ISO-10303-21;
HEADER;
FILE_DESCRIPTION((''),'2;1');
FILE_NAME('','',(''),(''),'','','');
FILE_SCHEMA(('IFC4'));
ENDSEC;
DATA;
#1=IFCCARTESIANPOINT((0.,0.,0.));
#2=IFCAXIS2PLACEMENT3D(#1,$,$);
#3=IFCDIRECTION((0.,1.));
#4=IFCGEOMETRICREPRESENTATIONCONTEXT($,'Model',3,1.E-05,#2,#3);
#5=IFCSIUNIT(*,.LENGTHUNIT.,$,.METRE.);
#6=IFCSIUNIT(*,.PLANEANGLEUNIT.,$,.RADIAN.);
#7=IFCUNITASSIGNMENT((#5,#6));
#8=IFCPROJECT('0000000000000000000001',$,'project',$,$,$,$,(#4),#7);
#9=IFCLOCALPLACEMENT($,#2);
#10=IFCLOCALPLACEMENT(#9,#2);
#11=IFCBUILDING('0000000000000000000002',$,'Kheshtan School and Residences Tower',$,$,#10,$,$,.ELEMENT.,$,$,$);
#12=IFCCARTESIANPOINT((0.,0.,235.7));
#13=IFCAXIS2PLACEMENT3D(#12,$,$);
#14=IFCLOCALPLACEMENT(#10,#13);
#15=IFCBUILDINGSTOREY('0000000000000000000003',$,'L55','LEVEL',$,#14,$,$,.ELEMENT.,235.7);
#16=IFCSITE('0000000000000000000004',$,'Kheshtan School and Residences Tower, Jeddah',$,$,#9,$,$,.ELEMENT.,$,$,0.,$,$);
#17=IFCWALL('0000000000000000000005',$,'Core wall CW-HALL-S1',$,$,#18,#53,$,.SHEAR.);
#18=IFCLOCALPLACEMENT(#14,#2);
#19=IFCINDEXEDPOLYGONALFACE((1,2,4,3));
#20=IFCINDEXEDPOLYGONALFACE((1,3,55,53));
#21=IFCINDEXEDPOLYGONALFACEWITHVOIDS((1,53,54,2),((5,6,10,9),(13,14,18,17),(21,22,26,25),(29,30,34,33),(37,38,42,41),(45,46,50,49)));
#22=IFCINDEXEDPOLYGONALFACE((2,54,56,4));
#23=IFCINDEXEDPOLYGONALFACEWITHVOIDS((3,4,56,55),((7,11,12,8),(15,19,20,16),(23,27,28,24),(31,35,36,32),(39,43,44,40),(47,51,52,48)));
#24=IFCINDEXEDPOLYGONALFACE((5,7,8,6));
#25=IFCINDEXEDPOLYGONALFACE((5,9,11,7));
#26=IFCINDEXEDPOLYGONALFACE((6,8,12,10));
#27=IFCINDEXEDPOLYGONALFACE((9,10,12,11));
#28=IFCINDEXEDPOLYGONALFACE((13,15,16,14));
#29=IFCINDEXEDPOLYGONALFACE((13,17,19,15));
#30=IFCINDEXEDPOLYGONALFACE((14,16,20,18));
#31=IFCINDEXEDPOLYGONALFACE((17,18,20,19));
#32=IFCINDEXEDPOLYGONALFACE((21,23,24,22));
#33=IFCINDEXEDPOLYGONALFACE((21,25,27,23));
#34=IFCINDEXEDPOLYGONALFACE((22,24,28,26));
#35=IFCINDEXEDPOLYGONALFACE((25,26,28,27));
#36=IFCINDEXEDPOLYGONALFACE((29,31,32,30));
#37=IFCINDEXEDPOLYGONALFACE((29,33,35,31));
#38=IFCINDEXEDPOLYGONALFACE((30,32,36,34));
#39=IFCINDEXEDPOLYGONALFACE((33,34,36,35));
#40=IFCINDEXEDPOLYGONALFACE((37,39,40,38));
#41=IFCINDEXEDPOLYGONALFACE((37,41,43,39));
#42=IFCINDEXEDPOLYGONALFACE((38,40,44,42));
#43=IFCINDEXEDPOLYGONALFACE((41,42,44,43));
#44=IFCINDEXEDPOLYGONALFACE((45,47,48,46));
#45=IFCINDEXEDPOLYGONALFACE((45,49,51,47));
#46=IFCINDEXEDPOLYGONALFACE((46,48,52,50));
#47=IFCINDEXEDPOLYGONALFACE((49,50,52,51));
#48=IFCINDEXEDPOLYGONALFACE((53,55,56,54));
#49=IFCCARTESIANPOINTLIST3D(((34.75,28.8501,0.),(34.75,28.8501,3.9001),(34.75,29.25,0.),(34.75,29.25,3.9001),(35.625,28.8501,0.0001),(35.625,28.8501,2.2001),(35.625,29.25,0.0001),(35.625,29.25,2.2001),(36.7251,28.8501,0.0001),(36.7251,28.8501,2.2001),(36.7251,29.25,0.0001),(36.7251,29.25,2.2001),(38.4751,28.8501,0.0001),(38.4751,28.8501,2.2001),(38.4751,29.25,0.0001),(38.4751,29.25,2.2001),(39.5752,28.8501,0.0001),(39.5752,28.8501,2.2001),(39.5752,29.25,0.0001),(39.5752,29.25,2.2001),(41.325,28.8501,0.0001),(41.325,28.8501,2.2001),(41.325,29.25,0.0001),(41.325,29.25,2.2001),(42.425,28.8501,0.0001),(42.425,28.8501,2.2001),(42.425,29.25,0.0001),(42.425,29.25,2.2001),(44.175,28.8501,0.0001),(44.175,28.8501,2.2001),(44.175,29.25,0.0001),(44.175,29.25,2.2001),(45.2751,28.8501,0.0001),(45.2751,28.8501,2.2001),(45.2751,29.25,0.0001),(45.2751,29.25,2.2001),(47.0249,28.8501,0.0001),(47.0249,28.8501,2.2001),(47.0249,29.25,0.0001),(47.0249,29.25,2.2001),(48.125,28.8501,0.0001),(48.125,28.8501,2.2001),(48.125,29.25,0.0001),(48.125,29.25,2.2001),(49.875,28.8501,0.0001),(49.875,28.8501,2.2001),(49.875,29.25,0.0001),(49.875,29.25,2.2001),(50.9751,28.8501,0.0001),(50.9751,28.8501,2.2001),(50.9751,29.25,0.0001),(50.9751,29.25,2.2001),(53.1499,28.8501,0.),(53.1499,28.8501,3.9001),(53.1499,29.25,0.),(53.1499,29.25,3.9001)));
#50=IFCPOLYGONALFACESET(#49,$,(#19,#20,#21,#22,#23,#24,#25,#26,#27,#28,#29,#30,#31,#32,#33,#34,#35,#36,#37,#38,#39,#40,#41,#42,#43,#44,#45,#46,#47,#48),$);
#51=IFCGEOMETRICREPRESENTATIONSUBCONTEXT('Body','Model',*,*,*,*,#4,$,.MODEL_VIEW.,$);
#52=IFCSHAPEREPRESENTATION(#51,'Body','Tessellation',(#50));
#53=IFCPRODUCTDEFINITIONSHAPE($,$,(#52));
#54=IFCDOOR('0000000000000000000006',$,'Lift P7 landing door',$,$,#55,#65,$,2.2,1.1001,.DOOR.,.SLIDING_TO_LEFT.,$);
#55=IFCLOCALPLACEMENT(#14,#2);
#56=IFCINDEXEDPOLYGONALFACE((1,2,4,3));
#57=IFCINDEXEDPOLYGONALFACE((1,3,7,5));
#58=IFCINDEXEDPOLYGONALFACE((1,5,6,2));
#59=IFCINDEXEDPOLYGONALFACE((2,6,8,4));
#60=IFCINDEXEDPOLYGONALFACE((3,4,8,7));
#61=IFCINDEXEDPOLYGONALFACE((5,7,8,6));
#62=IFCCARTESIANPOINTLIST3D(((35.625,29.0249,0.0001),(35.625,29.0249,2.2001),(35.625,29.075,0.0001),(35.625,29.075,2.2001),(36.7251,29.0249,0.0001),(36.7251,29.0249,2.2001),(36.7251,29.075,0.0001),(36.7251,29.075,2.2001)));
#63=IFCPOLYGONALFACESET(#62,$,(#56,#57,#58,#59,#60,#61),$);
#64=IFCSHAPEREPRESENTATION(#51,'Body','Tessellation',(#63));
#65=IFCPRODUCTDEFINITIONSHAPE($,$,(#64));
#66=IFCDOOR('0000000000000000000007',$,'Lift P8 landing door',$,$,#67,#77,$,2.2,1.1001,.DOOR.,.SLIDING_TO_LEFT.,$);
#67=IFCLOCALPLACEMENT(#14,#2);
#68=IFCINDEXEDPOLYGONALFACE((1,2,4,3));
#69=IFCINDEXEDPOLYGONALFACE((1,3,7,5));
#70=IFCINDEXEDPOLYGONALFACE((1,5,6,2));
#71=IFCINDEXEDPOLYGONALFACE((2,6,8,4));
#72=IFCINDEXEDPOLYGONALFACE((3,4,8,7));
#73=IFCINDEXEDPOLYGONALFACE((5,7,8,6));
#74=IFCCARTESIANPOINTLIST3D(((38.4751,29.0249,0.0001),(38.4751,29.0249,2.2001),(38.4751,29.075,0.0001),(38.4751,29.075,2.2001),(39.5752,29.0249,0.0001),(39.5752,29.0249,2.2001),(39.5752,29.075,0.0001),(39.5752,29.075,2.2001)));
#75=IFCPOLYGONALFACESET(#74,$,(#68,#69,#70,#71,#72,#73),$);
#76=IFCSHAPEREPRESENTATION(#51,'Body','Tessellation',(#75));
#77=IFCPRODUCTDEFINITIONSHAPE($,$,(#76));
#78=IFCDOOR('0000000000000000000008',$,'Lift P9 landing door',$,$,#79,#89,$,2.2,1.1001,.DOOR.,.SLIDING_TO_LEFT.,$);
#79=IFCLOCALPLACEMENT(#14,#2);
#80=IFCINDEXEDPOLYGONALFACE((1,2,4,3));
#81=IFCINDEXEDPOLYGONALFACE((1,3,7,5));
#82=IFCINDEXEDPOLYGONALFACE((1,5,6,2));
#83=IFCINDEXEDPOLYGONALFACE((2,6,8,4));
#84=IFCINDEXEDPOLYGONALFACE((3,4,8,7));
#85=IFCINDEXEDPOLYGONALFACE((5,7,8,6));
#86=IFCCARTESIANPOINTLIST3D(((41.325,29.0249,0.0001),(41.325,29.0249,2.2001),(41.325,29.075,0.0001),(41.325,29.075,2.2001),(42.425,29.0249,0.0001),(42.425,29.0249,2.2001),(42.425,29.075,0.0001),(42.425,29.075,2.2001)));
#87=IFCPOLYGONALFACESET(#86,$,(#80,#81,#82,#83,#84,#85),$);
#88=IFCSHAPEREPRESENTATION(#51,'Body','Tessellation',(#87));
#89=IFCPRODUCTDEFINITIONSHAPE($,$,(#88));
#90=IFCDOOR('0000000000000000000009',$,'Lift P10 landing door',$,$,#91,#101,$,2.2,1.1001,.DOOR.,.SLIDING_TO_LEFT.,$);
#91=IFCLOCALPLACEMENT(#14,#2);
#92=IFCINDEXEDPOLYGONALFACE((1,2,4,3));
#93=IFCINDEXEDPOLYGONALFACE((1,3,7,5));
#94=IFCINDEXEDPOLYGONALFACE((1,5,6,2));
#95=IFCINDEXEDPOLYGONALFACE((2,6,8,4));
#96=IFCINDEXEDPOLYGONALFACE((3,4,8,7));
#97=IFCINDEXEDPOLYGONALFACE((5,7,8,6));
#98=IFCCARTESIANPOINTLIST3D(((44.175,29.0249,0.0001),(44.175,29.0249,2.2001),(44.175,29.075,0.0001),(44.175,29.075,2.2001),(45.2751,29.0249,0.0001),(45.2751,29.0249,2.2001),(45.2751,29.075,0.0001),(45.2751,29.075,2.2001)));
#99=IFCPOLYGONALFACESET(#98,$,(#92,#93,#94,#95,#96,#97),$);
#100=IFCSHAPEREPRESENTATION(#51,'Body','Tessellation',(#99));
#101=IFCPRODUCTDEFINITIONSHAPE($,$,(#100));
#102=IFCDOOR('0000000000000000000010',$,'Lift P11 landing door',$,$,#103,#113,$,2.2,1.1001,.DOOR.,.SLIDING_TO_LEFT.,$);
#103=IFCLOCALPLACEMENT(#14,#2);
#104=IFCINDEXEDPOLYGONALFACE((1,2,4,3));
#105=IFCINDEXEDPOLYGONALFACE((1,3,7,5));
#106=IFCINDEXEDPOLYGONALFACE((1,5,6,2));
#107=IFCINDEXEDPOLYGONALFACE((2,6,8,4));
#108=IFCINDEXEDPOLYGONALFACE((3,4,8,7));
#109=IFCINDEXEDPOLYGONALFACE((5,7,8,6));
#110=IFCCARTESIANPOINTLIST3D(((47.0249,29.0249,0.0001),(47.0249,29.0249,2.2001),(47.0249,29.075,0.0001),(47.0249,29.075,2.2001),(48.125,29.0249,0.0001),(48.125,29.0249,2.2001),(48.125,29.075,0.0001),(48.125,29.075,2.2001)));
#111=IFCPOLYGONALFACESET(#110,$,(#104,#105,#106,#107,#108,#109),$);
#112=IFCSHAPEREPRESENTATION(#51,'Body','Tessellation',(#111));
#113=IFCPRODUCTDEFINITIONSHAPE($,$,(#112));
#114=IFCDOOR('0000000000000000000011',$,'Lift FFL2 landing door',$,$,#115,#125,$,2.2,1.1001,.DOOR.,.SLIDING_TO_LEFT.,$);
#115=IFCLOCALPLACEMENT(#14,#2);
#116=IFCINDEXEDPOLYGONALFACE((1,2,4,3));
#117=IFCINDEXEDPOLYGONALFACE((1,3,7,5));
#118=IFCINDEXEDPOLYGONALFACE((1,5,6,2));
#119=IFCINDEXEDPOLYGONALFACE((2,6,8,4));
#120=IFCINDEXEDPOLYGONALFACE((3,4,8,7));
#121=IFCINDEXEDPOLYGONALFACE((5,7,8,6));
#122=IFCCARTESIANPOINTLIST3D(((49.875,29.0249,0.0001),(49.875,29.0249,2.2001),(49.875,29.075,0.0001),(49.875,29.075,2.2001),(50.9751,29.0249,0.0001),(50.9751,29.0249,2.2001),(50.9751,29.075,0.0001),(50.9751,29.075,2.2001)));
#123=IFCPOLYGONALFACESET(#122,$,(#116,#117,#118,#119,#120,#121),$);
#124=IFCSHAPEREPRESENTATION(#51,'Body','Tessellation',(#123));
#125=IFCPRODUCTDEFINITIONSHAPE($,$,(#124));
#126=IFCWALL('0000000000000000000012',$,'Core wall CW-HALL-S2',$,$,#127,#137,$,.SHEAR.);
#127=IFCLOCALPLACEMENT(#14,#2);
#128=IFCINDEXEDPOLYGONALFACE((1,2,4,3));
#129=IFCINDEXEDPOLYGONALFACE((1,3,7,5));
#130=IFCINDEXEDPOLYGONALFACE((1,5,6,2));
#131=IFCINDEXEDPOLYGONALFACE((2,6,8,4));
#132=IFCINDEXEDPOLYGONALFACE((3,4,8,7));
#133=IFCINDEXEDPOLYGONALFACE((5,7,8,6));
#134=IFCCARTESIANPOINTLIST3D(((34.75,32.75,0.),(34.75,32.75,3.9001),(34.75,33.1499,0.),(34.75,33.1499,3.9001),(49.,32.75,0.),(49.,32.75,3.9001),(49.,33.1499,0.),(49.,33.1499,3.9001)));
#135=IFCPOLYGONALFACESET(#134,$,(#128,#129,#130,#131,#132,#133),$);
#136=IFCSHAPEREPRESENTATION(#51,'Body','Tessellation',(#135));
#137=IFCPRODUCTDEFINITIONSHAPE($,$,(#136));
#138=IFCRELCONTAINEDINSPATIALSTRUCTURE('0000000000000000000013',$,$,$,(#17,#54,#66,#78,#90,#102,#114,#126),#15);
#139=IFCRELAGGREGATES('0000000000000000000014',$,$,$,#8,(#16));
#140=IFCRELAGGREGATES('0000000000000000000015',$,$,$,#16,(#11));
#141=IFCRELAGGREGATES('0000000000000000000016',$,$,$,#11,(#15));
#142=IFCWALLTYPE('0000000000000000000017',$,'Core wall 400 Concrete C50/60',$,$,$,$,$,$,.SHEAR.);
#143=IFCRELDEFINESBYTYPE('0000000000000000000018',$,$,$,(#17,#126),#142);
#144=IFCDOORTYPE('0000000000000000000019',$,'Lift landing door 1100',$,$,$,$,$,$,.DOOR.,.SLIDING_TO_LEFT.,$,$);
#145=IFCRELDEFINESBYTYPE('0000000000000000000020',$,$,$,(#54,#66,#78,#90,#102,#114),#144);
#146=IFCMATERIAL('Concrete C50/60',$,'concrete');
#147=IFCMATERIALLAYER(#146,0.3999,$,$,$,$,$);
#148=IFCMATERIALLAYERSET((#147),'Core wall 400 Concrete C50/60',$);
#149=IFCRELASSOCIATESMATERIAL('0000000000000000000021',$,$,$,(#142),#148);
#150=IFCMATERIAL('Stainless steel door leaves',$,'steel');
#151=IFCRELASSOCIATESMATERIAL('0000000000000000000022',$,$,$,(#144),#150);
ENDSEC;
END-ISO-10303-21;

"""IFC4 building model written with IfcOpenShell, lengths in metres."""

from ifc_helpers import new_model, si_unit, direction, frame, frame_2d, origin, place, context, subcontext, project, spatial, rectangle, extrude, source, transform, mapped, material, layer, layer_set, type_object, element, fill, save


model = new_model("IFC4")

# Units and contexts
model_context = context("Model", 3, precision=1e-05, world=origin(), true_north=direction((0.0, 1.0)))
body_context = subcontext(model_context, "Body", "Model", "MODEL_VIEW")
ifc_project = project(units=[si_unit("LENGTHUNIT", "METRE"), si_unit("PLANEANGLEUNIT", "RADIAN")], contexts=[model_context])

# Site, building, storey
site_placement = place(None, origin())
site = spatial("IfcSite", under=ifc_project, at=site_placement, Name="Kheshtan School and Residences Tower, Jeddah", CompositionType="ELEMENT", RefElevation=0.0)
building_placement = place(site_placement, origin())
building = spatial("IfcBuilding", under=site, at=building_placement, Name="Kheshtan School and Residences Tower", CompositionType="ELEMENT")
storey_placement = place(building_placement, frame((0.0, 0.0, 235.7)))
storey = spatial("IfcBuildingStorey", under=building, at=storey_placement, Name="L55", Description="LEVEL", CompositionType="ELEMENT", Elevation=235.7)

# Wall, openings, doors
ifc_material_1 = material(Name="Concrete C50/60", Category="concrete")
ifc_layer_1 = layer(ifc_material_1, 0.3999)
ifc_layer_set_1 = layer_set([ifc_layer_1], Name="Core wall 400 Concrete C50/60")
wall_type_1 = type_object("IfcWallType", Name="Core wall 400 Concrete C50/60", PredefinedType="SHEAR", material=ifc_layer_set_1)
wall_1_placement = place(storey_placement, frame((34.75, 29.05, 0.0), z_axis=(0.0, 0.0, 1.0), x_axis=(1.0, 0.0, 0.0)))
wall_1 = element("IfcWall", 1, at=wall_1_placement, inside=storey, type_object=wall_type_1, Name="Core wall CW-HALL-S1", PredefinedType="SHEAR", context=body_context, shape_type="SweptSolid", body=[
    extrude(rectangle(XDim=18.3999, YDim=0.3999, at=frame_2d((9.2, 0.0))), origin(), (0.0, 0.0, 1.0), 3.9001),
])
opening_1_placement = place(wall_1_placement, frame((0.875, 0.0, 0.0)))
opening_1 = element("IfcOpeningElement", 2, at=opening_1_placement, cuts=wall_1, PredefinedType="OPENING", context=body_context, shape_type="SweptSolid", body=[
    extrude(rectangle(XDim=1.1001, YDim=2.2, at=frame_2d((0.55, 1.1001))), frame((0.0, 0.21, 0.0), z_axis=(0.0, -1.0, 0.0), x_axis=(1.0, 0.0, 0.0)), (0.0, 0.0, 1.0), 0.4199),
])
opening_2_placement = place(wall_1_placement, frame((3.7251, 0.0, 0.0)))
opening_2 = element("IfcOpeningElement", 3, at=opening_2_placement, cuts=wall_1, PredefinedType="OPENING", context=body_context, shape_type="SweptSolid", body=[
    extrude(rectangle(XDim=1.1001, YDim=2.2, at=frame_2d((0.55, 1.1001))), frame((0.0, 0.21, 0.0), z_axis=(0.0, -1.0, 0.0), x_axis=(1.0, 0.0, 0.0)), (0.0, 0.0, 1.0), 0.4199),
])
opening_3_placement = place(wall_1_placement, frame((6.575, 0.0, 0.0)))
opening_3 = element("IfcOpeningElement", 4, at=opening_3_placement, cuts=wall_1, PredefinedType="OPENING", context=body_context, shape_type="SweptSolid", body=[
    extrude(rectangle(XDim=1.1001, YDim=2.2, at=frame_2d((0.55, 1.1001))), frame((0.0, 0.21, 0.0), z_axis=(0.0, -1.0, 0.0), x_axis=(1.0, 0.0, 0.0)), (0.0, 0.0, 1.0), 0.4199),
])
opening_4_placement = place(wall_1_placement, frame((9.425, 0.0, 0.0)))
opening_4 = element("IfcOpeningElement", 5, at=opening_4_placement, cuts=wall_1, PredefinedType="OPENING", context=body_context, shape_type="SweptSolid", body=[
    extrude(rectangle(XDim=1.1001, YDim=2.2, at=frame_2d((0.55, 1.1001))), frame((0.0, 0.21, 0.0), z_axis=(0.0, -1.0, 0.0), x_axis=(1.0, 0.0, 0.0)), (0.0, 0.0, 1.0), 0.4199),
])
opening_5_placement = place(wall_1_placement, frame((12.2749, 0.0, 0.0)))
opening_5 = element("IfcOpeningElement", 6, at=opening_5_placement, cuts=wall_1, PredefinedType="OPENING", context=body_context, shape_type="SweptSolid", body=[
    extrude(rectangle(XDim=1.1001, YDim=2.2, at=frame_2d((0.55, 1.1001))), frame((0.0, 0.21, 0.0), z_axis=(0.0, -1.0, 0.0), x_axis=(1.0, 0.0, 0.0)), (0.0, 0.0, 1.0), 0.4199),
])
opening_6_placement = place(wall_1_placement, frame((15.125, 0.0, 0.0)))
opening_6 = element("IfcOpeningElement", 7, at=opening_6_placement, cuts=wall_1, PredefinedType="OPENING", context=body_context, shape_type="SweptSolid", body=[
    extrude(rectangle(XDim=1.1001, YDim=2.2, at=frame_2d((0.55, 1.1001))), frame((0.0, 0.21, 0.0), z_axis=(0.0, -1.0, 0.0), x_axis=(1.0, 0.0, 0.0)), (0.0, 0.0, 1.0), 0.4199),
])
ifc_material_2 = material(Name="Stainless steel door leaves", Category="steel")
door_type_1 = type_object("IfcDoorType", Name="Lift landing door 1100", OperationType="SLIDING_TO_LEFT", PredefinedType="DOOR", material=ifc_material_2)
shared_shape_1 = source(origin(), body_context, "Body", "SweptSolid", [
    extrude(rectangle(XDim=1.1001, YDim=2.2, at=frame_2d((0.55, 1.1001))), frame((0.0, 0.0249, 0.0), z_axis=(0.0, -1.0, 0.0), x_axis=(1.0, 0.0, 0.0)), (0.0, 0.0, 1.0), 0.05),
])
door_1_placement = place(opening_1_placement, origin())
door_1 = element("IfcDoor", 8, at=door_1_placement, inside=storey, type_object=door_type_1, Name="Lift P7 landing door", OperationType="SLIDING_TO_LEFT", OverallHeight=2.2, OverallWidth=1.1001, PredefinedType="DOOR", context=body_context, shape_type="MappedRepresentation", body=[
    mapped(shared_shape_1, transform((0.0, 0.0, 0.0), x_axis=(1.0, 0.0, 0.0), y_axis=(0.0, 1.0, 0.0), z_axis=(0.0, 0.0, 1.0), scale=1.0)),
])
fill(opening_1, door_1)
door_2_placement = place(opening_2_placement, origin())
door_2 = element("IfcDoor", 9, at=door_2_placement, inside=storey, type_object=door_type_1, Name="Lift P8 landing door", OperationType="SLIDING_TO_LEFT", OverallHeight=2.2, OverallWidth=1.1001, PredefinedType="DOOR", context=body_context, shape_type="MappedRepresentation", body=[
    mapped(shared_shape_1, transform((0.0, 0.0, 0.0), x_axis=(1.0, 0.0, 0.0), y_axis=(0.0, 1.0, 0.0), z_axis=(0.0, 0.0, 1.0), scale=1.0)),
])
fill(opening_2, door_2)
door_3_placement = place(opening_3_placement, origin())
door_3 = element("IfcDoor", 10, at=door_3_placement, inside=storey, type_object=door_type_1, Name="Lift P9 landing door", OperationType="SLIDING_TO_LEFT", OverallHeight=2.2, OverallWidth=1.1001, PredefinedType="DOOR", context=body_context, shape_type="MappedRepresentation", body=[
    mapped(shared_shape_1, transform((0.0, 0.0, 0.0), x_axis=(1.0, 0.0, 0.0), y_axis=(0.0, 1.0, 0.0), z_axis=(0.0, 0.0, 1.0), scale=1.0)),
])
fill(opening_3, door_3)
door_4_placement = place(opening_4_placement, origin())
door_4 = element("IfcDoor", 11, at=door_4_placement, inside=storey, type_object=door_type_1, Name="Lift P10 landing door", OperationType="SLIDING_TO_LEFT", OverallHeight=2.2, OverallWidth=1.1001, PredefinedType="DOOR", context=body_context, shape_type="MappedRepresentation", body=[
    mapped(shared_shape_1, transform((0.0, 0.0, 0.0), x_axis=(1.0, 0.0, 0.0), y_axis=(0.0, 1.0, 0.0), z_axis=(0.0, 0.0, 1.0), scale=1.0)),
])
fill(opening_4, door_4)
door_5_placement = place(opening_5_placement, origin())
door_5 = element("IfcDoor", 12, at=door_5_placement, inside=storey, type_object=door_type_1, Name="Lift P11 landing door", OperationType="SLIDING_TO_LEFT", OverallHeight=2.2, OverallWidth=1.1001, PredefinedType="DOOR", context=body_context, shape_type="MappedRepresentation", body=[
    mapped(shared_shape_1, transform((0.0, 0.0, 0.0), x_axis=(1.0, 0.0, 0.0), y_axis=(0.0, 1.0, 0.0), z_axis=(0.0, 0.0, 1.0), scale=1.0)),
])
fill(opening_5, door_5)
door_6_placement = place(opening_6_placement, origin())
door_6 = element("IfcDoor", 13, at=door_6_placement, inside=storey, type_object=door_type_1, Name="Lift FFL2 landing door", OperationType="SLIDING_TO_LEFT", OverallHeight=2.2, OverallWidth=1.1001, PredefinedType="DOOR", context=body_context, shape_type="MappedRepresentation", body=[
    mapped(shared_shape_1, transform((0.0, 0.0, 0.0), x_axis=(1.0, 0.0, 0.0), y_axis=(0.0, 1.0, 0.0), z_axis=(0.0, 0.0, 1.0), scale=1.0)),
])
fill(opening_6, door_6)

# Wall
wall_2_placement = place(storey_placement, frame((34.75, 32.95, 0.0), z_axis=(0.0, 0.0, 1.0), x_axis=(1.0, 0.0, 0.0)))
element("IfcWall", 14, at=wall_2_placement, inside=storey, type_object=wall_type_1, Name="Core wall CW-HALL-S2", PredefinedType="SHEAR", context=body_context, shape_type="SweptSolid", body=[
    extrude(rectangle(XDim=14.25, YDim=0.3999, at=frame_2d((7.125, 0.0))), origin(), (0.0, 0.0, 1.0), 3.9001),
])

save(model, "model.ifc")
